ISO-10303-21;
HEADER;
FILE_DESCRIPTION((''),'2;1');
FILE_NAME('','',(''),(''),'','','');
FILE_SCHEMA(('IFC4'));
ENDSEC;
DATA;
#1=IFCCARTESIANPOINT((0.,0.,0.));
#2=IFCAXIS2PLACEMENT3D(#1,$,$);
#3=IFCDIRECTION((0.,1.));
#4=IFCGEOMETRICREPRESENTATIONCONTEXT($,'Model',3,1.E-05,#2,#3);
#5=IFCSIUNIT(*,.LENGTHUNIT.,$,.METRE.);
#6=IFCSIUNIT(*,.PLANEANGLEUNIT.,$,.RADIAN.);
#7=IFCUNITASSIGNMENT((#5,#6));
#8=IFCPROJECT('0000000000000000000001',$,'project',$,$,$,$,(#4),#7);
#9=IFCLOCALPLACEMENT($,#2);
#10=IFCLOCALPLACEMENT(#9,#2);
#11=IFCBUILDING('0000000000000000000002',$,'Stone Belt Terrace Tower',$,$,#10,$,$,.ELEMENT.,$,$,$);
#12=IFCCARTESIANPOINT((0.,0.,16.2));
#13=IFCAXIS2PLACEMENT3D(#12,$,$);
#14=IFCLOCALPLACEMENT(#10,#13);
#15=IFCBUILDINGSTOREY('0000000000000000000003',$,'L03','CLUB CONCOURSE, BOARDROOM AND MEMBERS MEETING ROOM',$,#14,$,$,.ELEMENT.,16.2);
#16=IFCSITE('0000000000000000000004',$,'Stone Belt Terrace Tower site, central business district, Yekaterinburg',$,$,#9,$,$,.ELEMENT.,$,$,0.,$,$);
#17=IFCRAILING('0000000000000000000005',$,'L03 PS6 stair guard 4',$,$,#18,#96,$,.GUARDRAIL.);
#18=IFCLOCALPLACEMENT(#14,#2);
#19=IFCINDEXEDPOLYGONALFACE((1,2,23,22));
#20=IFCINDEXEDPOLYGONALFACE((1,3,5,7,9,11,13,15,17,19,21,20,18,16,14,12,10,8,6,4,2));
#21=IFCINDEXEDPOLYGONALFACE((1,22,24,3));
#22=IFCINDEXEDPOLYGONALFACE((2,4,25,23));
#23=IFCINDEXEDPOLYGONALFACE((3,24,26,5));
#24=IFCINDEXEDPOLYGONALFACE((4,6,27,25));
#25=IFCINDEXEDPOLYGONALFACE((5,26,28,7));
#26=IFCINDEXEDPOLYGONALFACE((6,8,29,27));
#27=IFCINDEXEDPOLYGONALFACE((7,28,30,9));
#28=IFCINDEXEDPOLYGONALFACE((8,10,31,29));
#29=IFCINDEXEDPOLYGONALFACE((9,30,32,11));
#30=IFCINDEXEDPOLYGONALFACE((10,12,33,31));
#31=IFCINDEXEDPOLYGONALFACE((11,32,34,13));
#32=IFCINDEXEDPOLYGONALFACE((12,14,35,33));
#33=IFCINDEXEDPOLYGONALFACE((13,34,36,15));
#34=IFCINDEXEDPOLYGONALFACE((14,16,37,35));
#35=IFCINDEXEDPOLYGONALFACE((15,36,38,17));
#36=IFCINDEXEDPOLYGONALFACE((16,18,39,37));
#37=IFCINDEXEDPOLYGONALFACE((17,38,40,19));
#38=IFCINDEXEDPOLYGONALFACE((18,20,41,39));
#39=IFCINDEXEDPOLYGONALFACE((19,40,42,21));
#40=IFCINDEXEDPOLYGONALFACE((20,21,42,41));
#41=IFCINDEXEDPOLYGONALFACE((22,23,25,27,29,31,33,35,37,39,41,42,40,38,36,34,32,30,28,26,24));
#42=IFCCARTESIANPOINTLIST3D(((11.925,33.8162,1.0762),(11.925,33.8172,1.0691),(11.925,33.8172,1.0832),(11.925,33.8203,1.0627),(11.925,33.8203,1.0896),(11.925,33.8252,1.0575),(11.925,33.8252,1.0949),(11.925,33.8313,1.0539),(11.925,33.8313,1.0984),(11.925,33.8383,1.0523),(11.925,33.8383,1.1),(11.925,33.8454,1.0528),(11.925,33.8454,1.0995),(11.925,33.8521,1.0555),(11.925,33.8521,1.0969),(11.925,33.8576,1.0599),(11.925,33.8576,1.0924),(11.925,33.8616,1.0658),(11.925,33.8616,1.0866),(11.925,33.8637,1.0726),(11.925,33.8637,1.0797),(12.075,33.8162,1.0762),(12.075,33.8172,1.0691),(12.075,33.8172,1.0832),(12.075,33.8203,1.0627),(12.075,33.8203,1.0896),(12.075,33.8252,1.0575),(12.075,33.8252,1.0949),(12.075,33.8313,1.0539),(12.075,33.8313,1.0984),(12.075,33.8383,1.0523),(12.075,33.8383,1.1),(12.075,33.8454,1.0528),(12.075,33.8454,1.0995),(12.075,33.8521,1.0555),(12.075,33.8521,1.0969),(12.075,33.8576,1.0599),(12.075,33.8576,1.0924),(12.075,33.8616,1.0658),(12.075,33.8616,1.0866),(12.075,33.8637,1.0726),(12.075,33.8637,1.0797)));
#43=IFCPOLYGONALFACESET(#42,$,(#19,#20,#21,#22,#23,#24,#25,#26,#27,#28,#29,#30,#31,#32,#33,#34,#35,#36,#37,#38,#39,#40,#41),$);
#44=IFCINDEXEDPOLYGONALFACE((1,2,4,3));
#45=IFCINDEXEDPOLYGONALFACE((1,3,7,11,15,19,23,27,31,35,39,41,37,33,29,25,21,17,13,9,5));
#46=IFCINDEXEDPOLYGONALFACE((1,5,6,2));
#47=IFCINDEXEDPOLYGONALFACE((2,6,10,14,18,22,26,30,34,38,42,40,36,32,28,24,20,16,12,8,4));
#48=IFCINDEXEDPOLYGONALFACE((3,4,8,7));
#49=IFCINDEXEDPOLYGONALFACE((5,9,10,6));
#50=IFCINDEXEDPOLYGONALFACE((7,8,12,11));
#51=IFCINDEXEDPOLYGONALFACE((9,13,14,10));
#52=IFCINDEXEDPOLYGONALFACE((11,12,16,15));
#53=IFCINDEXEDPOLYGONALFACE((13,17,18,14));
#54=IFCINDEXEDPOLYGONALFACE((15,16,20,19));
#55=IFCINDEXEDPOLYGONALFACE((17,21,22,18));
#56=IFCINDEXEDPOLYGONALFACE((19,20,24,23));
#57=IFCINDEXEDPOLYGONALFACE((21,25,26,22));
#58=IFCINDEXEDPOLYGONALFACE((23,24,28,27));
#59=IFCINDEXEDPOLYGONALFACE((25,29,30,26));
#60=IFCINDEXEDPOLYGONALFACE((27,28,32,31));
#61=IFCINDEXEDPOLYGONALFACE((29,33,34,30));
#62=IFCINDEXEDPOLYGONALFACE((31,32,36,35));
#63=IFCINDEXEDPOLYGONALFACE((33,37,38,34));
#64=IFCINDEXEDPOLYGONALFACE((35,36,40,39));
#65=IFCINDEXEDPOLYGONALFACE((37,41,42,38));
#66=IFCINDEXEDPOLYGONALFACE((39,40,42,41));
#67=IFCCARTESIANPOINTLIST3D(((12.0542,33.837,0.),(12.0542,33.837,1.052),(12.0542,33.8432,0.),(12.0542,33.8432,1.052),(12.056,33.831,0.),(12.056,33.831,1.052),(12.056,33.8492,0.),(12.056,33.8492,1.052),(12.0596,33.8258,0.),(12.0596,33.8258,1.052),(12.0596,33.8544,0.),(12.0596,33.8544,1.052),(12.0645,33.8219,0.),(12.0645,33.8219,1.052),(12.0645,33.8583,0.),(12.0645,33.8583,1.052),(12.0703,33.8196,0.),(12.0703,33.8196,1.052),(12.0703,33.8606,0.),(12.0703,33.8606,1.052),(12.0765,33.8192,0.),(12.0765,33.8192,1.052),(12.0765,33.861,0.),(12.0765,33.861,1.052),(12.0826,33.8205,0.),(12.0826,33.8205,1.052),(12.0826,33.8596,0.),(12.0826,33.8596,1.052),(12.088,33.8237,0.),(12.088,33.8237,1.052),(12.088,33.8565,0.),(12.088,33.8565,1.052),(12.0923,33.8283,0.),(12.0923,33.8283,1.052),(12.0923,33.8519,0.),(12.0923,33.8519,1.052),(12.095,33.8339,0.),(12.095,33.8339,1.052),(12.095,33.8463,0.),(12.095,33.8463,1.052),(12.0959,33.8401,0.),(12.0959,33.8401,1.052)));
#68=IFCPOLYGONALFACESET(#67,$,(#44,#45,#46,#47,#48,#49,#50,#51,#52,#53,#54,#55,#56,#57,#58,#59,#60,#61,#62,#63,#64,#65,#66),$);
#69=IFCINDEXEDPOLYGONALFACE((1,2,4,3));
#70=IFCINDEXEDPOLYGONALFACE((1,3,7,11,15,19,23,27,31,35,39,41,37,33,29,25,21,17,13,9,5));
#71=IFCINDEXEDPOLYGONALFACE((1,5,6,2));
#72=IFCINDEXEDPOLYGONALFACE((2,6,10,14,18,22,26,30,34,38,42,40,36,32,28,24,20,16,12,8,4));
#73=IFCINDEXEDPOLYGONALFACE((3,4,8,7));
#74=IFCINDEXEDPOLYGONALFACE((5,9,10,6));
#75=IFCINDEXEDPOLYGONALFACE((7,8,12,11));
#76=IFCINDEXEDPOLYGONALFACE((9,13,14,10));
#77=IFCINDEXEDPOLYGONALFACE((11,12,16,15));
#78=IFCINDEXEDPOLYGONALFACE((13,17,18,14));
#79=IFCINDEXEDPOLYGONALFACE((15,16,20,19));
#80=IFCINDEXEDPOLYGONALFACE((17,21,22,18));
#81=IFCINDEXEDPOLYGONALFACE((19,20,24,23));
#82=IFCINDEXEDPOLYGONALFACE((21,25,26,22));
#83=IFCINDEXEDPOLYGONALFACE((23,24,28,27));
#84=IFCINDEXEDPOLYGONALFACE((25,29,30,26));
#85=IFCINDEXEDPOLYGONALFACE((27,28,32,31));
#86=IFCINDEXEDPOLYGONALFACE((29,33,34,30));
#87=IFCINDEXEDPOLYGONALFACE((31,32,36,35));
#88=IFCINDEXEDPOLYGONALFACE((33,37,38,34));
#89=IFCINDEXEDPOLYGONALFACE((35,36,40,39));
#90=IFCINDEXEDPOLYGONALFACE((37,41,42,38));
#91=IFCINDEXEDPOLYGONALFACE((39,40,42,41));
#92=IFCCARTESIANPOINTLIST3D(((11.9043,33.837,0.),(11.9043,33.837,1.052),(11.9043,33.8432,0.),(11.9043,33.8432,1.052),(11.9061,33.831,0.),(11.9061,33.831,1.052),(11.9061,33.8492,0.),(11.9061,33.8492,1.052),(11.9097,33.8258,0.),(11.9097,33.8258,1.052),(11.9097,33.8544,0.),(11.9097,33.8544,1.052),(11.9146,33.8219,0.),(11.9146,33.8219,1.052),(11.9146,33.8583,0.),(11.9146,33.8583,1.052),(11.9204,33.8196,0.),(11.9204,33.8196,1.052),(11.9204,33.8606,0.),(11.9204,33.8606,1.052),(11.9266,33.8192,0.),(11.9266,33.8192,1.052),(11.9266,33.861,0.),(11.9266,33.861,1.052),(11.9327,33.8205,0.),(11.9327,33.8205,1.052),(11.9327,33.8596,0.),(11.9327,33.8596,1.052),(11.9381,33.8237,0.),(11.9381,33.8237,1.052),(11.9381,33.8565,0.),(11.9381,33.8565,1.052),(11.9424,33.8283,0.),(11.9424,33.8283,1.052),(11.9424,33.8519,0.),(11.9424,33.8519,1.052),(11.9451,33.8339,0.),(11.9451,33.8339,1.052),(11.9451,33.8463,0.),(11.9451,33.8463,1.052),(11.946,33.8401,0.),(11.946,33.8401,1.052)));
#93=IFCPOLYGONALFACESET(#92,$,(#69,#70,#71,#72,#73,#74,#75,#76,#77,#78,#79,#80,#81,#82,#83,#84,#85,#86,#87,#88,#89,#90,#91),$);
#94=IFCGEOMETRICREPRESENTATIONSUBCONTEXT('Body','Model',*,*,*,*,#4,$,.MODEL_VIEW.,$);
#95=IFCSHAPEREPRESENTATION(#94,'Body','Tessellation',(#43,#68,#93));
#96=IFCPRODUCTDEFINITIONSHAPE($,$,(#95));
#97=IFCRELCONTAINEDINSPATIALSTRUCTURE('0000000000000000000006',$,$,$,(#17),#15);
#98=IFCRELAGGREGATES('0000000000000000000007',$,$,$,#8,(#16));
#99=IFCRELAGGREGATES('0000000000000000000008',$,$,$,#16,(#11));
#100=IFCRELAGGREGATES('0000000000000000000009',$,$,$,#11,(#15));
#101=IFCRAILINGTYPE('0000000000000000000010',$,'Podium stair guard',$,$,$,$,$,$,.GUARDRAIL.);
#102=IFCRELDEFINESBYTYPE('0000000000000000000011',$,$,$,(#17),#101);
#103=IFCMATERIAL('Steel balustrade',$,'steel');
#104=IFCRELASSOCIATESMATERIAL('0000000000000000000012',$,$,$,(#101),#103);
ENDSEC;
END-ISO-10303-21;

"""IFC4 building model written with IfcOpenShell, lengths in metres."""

from ifc_helpers import new_model, si_unit, direction, frame, origin, origin_2d, place, context, subcontext, project, spatial, circle, extrude, material, type_object, element, save


model = new_model("IFC4")

# Units and contexts
model_context = context("Model", 3, precision=1e-05, world=origin(), true_north=direction((0.0, 1.0)))
body_context = subcontext(model_context, "Body", "Model", "MODEL_VIEW")
ifc_project = project(units=[si_unit("LENGTHUNIT", "METRE"), si_unit("PLANEANGLEUNIT", "RADIAN")], contexts=[model_context])

# Site, building, storey
site_placement = place(None, origin())
site = spatial("IfcSite", under=ifc_project, at=site_placement, Name="Stone Belt Terrace Tower site, central business district, Yekaterinburg", CompositionType="ELEMENT", RefElevation=0.0)
building_placement = place(site_placement, origin())
building = spatial("IfcBuilding", under=site, at=building_placement, Name="Stone Belt Terrace Tower", CompositionType="ELEMENT")
storey_placement = place(building_placement, frame((0.0, 0.0, 16.2)))
storey = spatial("IfcBuildingStorey", under=building, at=storey_placement, Name="L03", Description="CLUB CONCOURSE, BOARDROOM AND MEMBERS MEETING ROOM", CompositionType="ELEMENT", Elevation=16.2)

# Railing
ifc_material_1 = material(Name="Steel balustrade", Category="steel")
railing_type = type_object("IfcRailingType", Name="Podium stair guard", PredefinedType="GUARDRAIL", material=ifc_material_1)
railing_1_placement = place(storey_placement, frame((12.075, 33.8401, 0.0)))
element("IfcRailing", 1, at=railing_1_placement, inside=storey, type_object=railing_type, Name="L03 PS6 stair guard 4", PredefinedType="GUARDRAIL", context=body_context, shape_type="SweptSolid", body=[
    extrude(circle(Radius=0.0239, at=origin_2d()), frame((0.0, 0.0, 1.0762), z_axis=(-1.0, 0.0, 0.0), x_axis=(0.0, -1.0, 0.0)), (0.0, 0.0, 1.0), 0.1499),
    extrude(circle(Radius=0.021, at=origin_2d()), origin(), (0.0, 0.0, 1.0), 1.052),
    extrude(circle(Radius=0.021, at=origin_2d()), frame((-0.1499, 0.0, 0.0)), (0.0, 0.0, 1.0), 1.052),
])

save(model, "model.ifc")
